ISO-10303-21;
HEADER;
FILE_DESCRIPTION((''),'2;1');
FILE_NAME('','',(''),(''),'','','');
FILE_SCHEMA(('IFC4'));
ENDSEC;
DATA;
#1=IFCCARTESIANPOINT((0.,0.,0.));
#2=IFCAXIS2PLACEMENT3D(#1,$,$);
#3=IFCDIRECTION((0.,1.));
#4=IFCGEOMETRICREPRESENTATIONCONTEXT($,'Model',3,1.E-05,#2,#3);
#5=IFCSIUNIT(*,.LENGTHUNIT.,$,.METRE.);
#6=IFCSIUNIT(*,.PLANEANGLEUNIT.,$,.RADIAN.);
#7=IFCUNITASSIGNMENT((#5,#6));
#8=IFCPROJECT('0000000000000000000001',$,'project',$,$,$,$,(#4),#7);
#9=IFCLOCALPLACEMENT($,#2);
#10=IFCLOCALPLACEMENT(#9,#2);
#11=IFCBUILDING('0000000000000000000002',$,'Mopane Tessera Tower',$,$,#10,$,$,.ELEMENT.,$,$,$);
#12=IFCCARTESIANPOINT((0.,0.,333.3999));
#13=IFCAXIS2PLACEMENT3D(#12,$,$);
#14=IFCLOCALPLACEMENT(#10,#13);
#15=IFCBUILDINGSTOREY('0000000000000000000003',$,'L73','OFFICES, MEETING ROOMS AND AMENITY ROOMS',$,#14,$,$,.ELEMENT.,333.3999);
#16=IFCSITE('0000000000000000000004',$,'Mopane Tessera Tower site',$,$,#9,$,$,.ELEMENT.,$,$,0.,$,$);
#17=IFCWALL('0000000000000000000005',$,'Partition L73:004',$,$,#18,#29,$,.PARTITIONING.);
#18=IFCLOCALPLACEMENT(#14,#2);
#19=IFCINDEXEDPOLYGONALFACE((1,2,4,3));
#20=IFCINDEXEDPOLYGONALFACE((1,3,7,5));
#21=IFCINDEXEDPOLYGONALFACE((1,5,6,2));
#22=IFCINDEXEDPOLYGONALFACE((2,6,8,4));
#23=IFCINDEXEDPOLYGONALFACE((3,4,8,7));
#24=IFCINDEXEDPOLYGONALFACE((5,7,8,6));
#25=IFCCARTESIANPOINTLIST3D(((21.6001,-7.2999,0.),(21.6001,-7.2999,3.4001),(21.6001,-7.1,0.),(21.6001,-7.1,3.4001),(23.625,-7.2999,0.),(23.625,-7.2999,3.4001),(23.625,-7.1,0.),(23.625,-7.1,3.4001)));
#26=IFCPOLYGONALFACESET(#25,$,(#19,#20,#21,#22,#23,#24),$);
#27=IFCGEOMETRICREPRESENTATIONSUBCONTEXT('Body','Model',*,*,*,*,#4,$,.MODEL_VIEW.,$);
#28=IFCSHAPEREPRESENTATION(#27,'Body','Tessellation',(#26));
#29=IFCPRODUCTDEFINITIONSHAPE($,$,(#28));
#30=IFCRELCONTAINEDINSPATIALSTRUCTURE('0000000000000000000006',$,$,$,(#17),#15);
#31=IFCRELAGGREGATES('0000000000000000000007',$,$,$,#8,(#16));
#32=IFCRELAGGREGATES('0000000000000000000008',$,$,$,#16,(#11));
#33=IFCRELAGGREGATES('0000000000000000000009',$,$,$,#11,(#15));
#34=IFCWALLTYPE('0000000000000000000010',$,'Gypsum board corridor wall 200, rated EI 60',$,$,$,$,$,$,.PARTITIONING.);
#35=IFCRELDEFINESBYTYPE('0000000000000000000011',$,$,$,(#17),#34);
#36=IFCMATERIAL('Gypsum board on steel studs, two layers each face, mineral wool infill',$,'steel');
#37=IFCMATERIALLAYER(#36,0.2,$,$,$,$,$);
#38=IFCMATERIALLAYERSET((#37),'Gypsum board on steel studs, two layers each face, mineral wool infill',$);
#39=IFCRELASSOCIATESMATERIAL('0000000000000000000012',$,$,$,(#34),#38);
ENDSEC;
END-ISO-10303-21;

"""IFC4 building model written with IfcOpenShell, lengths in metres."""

from ifc_helpers import new_model, si_unit, direction, frame, frame_2d, origin, place, context, subcontext, project, spatial, rectangle, extrude, material, layer, layer_set, type_object, element, save


model = new_model("IFC4")

# Units and contexts
model_context = context("Model", 3, precision=1e-05, world=origin(), true_north=direction((0.0, 1.0)))
body_context = subcontext(model_context, "Body", "Model", "MODEL_VIEW")
ifc_project = project(units=[si_unit("LENGTHUNIT", "METRE"), si_unit("PLANEANGLEUNIT", "RADIAN")], contexts=[model_context])

# Site, building, storey
site_placement = place(None, origin())
site = spatial("IfcSite", under=ifc_project, at=site_placement, Name="Mopane Tessera Tower site", CompositionType="ELEMENT", RefElevation=0.0)
building_placement = place(site_placement, origin())
building = spatial("IfcBuilding", under=site, at=building_placement, Name="Mopane Tessera Tower", CompositionType="ELEMENT")
storey_placement = place(building_placement, frame((0.0, 0.0, 333.3999)))
storey = spatial("IfcBuildingStorey", under=building, at=storey_placement, Name="L73", Description="OFFICES, MEETING ROOMS AND AMENITY ROOMS", CompositionType="ELEMENT", Elevation=333.3999)

# Wall
ifc_material_1 = material(Name="Gypsum board on steel studs, two layers each face, mineral wool infill", Category="steel")
ifc_layer_1 = layer(ifc_material_1, 0.2)
ifc_layer_set_1 = layer_set([ifc_layer_1], Name="Gypsum board on steel studs, two layers each face, mineral wool infill")
wall_type = type_object("IfcWallType", Name="Gypsum board corridor wall 200, rated EI 60", PredefinedType="PARTITIONING", material=ifc_layer_set_1)
wall_1_placement = place(storey_placement, frame((21.6001, -7.2, 0.0), z_axis=(0.0, 0.0, 1.0), x_axis=(1.0, 0.0, 0.0)))
element("IfcWall", 1, at=wall_1_placement, inside=storey, type_object=wall_type, Name="Partition L73:004", PredefinedType="PARTITIONING", context=body_context, shape_type="SweptSolid", body=[
    extrude(rectangle(XDim=2.0249, YDim=0.2, at=frame_2d((1.0125, 0.0))), origin(), (0.0, 0.0, 1.0), 3.4001),
])

save(model, "model.ifc")
